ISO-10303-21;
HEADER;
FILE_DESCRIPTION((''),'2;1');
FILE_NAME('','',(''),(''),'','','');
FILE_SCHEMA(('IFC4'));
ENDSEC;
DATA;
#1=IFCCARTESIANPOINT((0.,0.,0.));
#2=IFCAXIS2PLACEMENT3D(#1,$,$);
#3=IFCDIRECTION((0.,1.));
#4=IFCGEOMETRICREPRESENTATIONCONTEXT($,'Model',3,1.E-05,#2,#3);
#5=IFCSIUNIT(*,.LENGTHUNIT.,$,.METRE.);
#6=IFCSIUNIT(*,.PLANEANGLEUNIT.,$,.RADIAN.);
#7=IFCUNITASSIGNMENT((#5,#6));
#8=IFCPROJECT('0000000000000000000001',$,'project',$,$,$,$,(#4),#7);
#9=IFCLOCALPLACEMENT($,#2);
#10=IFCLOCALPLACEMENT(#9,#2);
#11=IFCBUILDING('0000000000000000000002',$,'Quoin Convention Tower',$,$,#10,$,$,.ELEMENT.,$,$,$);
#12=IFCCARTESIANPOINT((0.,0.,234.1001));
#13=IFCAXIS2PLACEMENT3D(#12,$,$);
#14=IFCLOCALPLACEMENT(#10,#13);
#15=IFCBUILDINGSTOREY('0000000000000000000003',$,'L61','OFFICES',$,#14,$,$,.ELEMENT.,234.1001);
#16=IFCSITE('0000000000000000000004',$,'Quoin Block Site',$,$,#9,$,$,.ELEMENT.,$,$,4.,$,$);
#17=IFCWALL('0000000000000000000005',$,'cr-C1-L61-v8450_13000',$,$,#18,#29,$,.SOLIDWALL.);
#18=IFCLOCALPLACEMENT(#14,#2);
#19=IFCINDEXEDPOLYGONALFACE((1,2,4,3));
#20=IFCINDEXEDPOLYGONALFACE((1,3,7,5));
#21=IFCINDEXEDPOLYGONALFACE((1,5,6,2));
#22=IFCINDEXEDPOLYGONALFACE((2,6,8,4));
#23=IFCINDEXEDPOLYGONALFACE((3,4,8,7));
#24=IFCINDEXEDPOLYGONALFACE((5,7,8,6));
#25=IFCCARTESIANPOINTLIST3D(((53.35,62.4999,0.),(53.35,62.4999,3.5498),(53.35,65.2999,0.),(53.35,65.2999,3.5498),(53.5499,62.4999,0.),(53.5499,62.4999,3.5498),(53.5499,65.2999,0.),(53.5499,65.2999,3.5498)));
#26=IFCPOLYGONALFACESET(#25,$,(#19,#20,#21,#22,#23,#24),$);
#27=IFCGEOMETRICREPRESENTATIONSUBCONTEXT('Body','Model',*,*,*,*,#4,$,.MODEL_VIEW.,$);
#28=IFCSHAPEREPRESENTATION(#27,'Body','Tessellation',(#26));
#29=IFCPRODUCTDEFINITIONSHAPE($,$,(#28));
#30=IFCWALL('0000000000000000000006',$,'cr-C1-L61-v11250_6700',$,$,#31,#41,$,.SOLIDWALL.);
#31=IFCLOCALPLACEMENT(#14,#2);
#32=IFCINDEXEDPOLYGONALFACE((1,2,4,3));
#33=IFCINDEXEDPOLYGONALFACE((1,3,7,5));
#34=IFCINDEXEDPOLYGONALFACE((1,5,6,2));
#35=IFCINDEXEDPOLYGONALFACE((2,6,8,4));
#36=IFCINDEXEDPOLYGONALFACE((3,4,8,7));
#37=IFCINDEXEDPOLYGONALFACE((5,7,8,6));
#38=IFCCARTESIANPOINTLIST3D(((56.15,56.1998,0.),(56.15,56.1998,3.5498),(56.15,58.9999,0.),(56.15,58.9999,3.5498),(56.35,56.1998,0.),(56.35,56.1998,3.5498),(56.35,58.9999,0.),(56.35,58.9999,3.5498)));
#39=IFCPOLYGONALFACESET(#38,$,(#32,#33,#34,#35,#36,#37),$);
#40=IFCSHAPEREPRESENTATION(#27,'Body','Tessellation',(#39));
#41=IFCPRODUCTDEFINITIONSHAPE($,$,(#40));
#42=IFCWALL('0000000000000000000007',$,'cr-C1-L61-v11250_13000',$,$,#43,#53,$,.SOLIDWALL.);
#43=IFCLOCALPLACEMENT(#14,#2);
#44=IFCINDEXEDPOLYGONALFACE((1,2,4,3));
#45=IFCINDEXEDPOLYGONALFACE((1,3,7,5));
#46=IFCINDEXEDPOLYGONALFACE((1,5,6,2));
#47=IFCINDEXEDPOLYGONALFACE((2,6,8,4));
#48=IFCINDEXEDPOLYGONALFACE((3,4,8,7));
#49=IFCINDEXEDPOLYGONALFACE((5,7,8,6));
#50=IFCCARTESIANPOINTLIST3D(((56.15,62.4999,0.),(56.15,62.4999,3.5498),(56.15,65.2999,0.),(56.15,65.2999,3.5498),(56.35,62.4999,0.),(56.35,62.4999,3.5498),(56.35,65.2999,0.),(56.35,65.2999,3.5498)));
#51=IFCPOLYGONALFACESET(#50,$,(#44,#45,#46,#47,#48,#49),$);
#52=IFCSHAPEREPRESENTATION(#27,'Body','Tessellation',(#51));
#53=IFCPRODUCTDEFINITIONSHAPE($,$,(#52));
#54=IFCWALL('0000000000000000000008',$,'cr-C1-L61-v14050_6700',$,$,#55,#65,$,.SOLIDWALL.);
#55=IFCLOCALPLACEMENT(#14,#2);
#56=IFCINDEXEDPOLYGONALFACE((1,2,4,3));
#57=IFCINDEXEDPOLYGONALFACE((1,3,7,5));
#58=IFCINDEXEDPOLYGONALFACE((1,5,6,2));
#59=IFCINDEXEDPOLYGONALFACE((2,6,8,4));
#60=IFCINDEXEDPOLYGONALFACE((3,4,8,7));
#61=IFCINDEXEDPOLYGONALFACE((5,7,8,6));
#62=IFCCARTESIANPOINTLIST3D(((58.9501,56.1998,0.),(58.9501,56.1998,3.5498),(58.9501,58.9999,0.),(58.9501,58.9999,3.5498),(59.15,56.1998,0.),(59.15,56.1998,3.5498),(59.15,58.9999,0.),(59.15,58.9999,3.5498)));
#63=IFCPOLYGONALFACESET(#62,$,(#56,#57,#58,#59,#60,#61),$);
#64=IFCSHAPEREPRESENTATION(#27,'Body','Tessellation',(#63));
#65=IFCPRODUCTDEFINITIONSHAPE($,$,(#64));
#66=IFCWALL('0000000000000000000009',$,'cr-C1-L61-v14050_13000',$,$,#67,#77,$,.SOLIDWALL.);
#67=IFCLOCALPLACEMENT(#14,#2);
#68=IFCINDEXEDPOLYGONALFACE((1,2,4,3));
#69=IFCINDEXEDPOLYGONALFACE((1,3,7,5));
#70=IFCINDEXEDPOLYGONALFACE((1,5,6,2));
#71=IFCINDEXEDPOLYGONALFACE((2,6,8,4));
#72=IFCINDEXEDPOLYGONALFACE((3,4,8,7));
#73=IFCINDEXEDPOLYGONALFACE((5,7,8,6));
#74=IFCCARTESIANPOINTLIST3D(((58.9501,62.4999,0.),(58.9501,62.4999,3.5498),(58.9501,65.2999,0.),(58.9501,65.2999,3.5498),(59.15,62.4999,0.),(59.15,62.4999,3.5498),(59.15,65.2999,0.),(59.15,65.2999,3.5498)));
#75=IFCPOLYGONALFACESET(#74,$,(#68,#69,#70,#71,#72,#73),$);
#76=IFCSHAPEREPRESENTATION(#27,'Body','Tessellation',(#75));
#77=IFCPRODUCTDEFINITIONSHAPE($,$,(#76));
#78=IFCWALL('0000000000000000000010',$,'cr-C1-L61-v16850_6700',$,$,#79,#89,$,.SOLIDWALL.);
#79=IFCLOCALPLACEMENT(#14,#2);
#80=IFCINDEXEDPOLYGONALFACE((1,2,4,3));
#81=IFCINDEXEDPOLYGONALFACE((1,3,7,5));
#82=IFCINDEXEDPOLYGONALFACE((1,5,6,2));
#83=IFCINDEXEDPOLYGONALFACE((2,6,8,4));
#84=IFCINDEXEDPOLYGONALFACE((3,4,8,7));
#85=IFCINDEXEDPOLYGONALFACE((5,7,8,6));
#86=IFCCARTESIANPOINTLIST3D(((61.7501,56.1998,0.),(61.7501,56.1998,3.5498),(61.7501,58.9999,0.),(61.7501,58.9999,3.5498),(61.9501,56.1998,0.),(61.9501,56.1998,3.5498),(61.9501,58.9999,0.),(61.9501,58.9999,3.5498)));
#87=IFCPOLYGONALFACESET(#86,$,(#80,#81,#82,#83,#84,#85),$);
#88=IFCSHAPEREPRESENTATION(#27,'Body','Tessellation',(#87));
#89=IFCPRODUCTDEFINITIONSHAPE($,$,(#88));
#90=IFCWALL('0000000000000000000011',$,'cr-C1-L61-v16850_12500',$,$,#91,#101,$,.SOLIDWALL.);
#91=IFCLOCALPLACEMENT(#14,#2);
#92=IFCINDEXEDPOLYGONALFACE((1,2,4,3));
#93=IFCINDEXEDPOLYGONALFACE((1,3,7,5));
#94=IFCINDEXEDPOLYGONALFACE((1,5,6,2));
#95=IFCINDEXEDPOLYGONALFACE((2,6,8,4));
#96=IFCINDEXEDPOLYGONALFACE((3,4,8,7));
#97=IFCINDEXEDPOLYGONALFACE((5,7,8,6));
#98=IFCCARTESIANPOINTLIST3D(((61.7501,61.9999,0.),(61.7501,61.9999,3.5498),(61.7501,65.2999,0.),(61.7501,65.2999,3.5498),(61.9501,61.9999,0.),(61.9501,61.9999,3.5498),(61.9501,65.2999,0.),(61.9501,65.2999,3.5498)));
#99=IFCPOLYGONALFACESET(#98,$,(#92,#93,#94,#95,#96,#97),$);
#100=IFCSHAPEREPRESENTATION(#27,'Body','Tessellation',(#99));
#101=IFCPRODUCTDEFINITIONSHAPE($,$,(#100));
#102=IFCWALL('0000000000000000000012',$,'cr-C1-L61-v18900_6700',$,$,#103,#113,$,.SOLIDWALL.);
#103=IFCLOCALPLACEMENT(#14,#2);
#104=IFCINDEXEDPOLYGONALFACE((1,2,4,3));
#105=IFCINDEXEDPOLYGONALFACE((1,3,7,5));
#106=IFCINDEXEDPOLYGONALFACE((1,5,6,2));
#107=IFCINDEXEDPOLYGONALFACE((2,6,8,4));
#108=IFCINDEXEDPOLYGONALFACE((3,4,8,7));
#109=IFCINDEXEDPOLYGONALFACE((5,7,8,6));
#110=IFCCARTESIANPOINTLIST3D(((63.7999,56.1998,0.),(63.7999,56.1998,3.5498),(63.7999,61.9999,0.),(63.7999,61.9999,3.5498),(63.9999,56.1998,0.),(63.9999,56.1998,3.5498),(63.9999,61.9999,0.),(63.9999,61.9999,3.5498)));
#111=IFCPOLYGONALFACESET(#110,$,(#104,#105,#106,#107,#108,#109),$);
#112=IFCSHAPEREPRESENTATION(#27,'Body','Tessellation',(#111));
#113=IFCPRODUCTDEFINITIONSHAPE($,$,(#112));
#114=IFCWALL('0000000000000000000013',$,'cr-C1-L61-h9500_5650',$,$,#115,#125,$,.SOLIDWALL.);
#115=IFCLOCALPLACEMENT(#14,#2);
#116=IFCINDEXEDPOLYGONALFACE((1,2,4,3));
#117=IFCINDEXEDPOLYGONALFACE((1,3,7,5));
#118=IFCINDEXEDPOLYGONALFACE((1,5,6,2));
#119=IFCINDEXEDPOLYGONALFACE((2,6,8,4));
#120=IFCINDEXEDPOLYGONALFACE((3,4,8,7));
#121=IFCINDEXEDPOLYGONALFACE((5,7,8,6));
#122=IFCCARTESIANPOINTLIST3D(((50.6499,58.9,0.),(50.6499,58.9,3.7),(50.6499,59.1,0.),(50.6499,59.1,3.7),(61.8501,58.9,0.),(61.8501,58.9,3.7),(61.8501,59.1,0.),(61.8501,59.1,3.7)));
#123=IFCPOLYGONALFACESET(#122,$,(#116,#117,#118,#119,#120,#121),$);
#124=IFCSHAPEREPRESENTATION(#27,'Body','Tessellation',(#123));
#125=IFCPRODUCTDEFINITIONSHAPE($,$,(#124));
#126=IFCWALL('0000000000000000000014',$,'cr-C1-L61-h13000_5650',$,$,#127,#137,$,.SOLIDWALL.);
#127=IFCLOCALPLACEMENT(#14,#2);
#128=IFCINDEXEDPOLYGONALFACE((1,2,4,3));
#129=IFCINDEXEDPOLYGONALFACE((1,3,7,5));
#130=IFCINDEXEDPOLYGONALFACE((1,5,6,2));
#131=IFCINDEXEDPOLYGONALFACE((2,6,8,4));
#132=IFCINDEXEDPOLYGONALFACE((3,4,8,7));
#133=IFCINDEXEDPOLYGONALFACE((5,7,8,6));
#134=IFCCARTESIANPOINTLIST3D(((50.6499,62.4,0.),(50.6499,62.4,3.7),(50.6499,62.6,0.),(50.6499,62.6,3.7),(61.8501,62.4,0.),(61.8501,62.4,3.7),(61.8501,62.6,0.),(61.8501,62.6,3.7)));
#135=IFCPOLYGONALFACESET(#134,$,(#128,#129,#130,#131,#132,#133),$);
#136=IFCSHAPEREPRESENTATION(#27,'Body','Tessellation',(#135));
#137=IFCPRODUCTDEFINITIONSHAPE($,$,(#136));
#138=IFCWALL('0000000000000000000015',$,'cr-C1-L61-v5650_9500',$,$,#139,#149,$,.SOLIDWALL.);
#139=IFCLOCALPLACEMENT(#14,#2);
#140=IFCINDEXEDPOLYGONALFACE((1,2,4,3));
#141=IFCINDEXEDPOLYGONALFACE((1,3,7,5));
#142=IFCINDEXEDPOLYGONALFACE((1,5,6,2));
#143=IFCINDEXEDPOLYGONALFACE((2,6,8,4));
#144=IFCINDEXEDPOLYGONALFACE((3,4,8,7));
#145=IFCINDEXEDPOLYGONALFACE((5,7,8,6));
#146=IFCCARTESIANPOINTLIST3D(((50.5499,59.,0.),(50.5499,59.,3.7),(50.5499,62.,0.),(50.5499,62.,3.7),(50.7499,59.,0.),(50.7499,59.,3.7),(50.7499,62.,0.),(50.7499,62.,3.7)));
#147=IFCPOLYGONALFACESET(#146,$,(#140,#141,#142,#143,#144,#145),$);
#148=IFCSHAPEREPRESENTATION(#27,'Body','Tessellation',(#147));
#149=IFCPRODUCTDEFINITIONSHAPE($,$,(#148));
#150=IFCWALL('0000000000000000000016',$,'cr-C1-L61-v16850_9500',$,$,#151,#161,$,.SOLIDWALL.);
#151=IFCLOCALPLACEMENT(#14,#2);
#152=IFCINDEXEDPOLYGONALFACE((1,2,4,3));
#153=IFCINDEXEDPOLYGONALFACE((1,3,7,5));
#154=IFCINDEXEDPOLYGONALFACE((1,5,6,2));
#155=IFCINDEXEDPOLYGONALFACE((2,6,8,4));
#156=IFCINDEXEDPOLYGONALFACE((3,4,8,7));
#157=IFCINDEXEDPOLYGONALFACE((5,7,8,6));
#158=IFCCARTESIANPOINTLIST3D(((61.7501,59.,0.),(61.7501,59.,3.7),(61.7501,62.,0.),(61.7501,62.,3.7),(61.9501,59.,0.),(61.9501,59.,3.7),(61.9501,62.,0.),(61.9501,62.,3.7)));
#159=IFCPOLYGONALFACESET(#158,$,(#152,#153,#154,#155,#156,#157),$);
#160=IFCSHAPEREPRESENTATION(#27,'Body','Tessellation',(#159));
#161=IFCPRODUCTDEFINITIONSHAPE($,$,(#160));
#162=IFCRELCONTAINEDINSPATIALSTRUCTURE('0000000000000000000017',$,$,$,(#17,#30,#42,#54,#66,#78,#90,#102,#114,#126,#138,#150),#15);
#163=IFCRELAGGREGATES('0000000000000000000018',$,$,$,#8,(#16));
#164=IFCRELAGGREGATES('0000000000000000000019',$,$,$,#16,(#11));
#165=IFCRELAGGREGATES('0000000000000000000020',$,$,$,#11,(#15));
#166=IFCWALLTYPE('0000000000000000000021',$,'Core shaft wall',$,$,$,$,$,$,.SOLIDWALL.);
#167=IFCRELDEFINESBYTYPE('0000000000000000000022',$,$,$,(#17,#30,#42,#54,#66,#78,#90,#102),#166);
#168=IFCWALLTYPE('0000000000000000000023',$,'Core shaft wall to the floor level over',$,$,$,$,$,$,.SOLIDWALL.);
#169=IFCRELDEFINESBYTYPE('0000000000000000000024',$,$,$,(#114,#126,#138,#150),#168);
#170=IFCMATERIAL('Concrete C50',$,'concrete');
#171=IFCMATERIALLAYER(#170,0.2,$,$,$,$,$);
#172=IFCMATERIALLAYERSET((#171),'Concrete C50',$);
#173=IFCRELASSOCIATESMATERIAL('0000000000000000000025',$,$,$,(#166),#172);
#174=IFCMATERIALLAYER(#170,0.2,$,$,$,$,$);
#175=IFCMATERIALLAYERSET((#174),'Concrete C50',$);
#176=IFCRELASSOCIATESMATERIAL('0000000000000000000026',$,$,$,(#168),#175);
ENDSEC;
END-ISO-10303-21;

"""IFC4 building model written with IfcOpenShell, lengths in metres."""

from ifc_helpers import new_model, si_unit, direction, frame, frame_2d, origin, place, context, subcontext, project, spatial, rectangle, extrude, material, layer, layer_set, type_object, element, save


model = new_model("IFC4")

# Units and contexts
model_context = context("Model", 3, precision=1e-05, world=origin(), true_north=direction((0.0, 1.0)))
body_context = subcontext(model_context, "Body", "Model", "MODEL_VIEW")
ifc_project = project(units=[si_unit("LENGTHUNIT", "METRE"), si_unit("PLANEANGLEUNIT", "RADIAN")], contexts=[model_context])

# Site, building, storey
site_placement = place(None, origin())
site = spatial("IfcSite", under=ifc_project, at=site_placement, Name="Quoin Block Site", CompositionType="ELEMENT", RefElevation=4.0)
building_placement = place(site_placement, origin())
building = spatial("IfcBuilding", under=site, at=building_placement, Name="Quoin Convention Tower", CompositionType="ELEMENT")
storey_placement = place(building_placement, frame((0.0, 0.0, 234.1001)))
storey = spatial("IfcBuildingStorey", under=building, at=storey_placement, Name="L61", Description="OFFICES", CompositionType="ELEMENT", Elevation=234.1001)

# Shared definitions
ifc_material_1 = material(Name="Concrete C50", Category="concrete")
ifc_layer_1 = layer(ifc_material_1, 0.2)
ifc_layer_set_1 = layer_set([ifc_layer_1], Name="Concrete C50")
wall_type_1 = type_object("IfcWallType", Name="Core shaft wall", PredefinedType="SOLIDWALL", material=ifc_layer_set_1)

# Walls
for number, where, z_axis, x_axis, name in (
    (1, (53.45, 62.5, 0.0), (0.0, 0.0, 1.0), (0.0, 1.0, 0.0), "cr-C1-L61-v8450_13000"),
    (2, (56.25, 56.2, 0.0), (0.0, 0.0, 1.0), (0.0, 1.0, 0.0), "cr-C1-L61-v11250_6700"),
    (3, (56.25, 62.5, 0.0), (0.0, 0.0, 1.0), (0.0, 1.0, 0.0), "cr-C1-L61-v11250_13000"),
    (4, (59.05, 56.2, 0.0), (0.0, 0.0, 1.0), (0.0, 1.0, 0.0), "cr-C1-L61-v14050_6700"),
    (5, (59.05, 62.5, 0.0), (0.0, 0.0, 1.0), (0.0, 1.0, 0.0), "cr-C1-L61-v14050_13000"),
    (6, (61.8501, 56.2, 0.0), (0.0, 0.0, 1.0), (0.0, 1.0, 0.0), "cr-C1-L61-v16850_6700"),
):
    element("IfcWall", number, at=place(storey_placement, frame(where, z_axis=z_axis, x_axis=x_axis)), inside=storey, type_object=wall_type_1, Name=name, PredefinedType="SOLIDWALL", context=body_context, shape_type="SweptSolid", body=[
        extrude(rectangle(XDim=2.8, YDim=0.2, at=frame_2d((1.3999, 0.0))), origin(), (0.0, 0.0, 1.0), 3.5498),
    ])
wall_1_placement = place(storey_placement, frame((61.8501, 62.0, 0.0), z_axis=(0.0, 0.0, 1.0), x_axis=(0.0, 1.0, 0.0)))
element("IfcWall", 7, at=wall_1_placement, inside=storey, type_object=wall_type_1, Name="cr-C1-L61-v16850_12500", PredefinedType="SOLIDWALL", context=body_context, shape_type="SweptSolid", body=[
    extrude(rectangle(XDim=3.3, YDim=0.2, at=frame_2d((1.6499, 0.0))), origin(), (0.0, 0.0, 1.0), 3.5498),
])
wall_2_placement = place(storey_placement, frame((63.8999, 56.2, 0.0), z_axis=(0.0, 0.0, 1.0), x_axis=(0.0, 1.0, 0.0)))
element("IfcWall", 8, at=wall_2_placement, inside=storey, type_object=wall_type_1, Name="cr-C1-L61-v18900_6700", PredefinedType="SOLIDWALL", context=body_context, shape_type="SweptSolid", body=[
    extrude(rectangle(XDim=5.8, YDim=0.2, at=frame_2d((2.8999, 0.0))), origin(), (0.0, 0.0, 1.0), 3.5498),
])
ifc_layer_2 = layer(ifc_material_1, 0.2)
ifc_layer_set_2 = layer_set([ifc_layer_2], Name="Concrete C50")
wall_type_2 = type_object("IfcWallType", Name="Core shaft wall to the floor level over", PredefinedType="SOLIDWALL", material=ifc_layer_set_2)
for number, where, z_axis, x_axis, name in (
    (9, (50.6499, 59.0, 0.0), (0.0, 0.0, 1.0), (1.0, 0.0, 0.0), "cr-C1-L61-h9500_5650"),
    (10, (50.6499, 62.5, 0.0), (0.0, 0.0, 1.0), (1.0, 0.0, 0.0), "cr-C1-L61-h13000_5650"),
):
    element("IfcWall", number, at=place(storey_placement, frame(where, z_axis=z_axis, x_axis=x_axis)), inside=storey, type_object=wall_type_2, Name=name, PredefinedType="SOLIDWALL", context=body_context, shape_type="SweptSolid", body=[
        extrude(rectangle(XDim=11.2002, YDim=0.2, at=frame_2d((5.6001, 0.0))), origin(), (0.0, 0.0, 1.0), 3.7),
    ])
for number, where, z_axis, x_axis, name in (
    (11, (50.6499, 59.0, 0.0), (0.0, 0.0, 1.0), (0.0, 1.0, 0.0), "cr-C1-L61-v5650_9500"),
    (12, (61.8501, 59.0, 0.0), (0.0, 0.0, 1.0), (0.0, 1.0, 0.0), "cr-C1-L61-v16850_9500"),
):
    element("IfcWall", number, at=place(storey_placement, frame(where, z_axis=z_axis, x_axis=x_axis)), inside=storey, type_object=wall_type_2, Name=name, PredefinedType="SOLIDWALL", context=body_context, shape_type="SweptSolid", body=[
        extrude(rectangle(XDim=3.0, YDim=0.2, at=frame_2d((1.5, 0.0))), origin(), (0.0, 0.0, 1.0), 3.7),
    ])

save(model, "model.ifc")
